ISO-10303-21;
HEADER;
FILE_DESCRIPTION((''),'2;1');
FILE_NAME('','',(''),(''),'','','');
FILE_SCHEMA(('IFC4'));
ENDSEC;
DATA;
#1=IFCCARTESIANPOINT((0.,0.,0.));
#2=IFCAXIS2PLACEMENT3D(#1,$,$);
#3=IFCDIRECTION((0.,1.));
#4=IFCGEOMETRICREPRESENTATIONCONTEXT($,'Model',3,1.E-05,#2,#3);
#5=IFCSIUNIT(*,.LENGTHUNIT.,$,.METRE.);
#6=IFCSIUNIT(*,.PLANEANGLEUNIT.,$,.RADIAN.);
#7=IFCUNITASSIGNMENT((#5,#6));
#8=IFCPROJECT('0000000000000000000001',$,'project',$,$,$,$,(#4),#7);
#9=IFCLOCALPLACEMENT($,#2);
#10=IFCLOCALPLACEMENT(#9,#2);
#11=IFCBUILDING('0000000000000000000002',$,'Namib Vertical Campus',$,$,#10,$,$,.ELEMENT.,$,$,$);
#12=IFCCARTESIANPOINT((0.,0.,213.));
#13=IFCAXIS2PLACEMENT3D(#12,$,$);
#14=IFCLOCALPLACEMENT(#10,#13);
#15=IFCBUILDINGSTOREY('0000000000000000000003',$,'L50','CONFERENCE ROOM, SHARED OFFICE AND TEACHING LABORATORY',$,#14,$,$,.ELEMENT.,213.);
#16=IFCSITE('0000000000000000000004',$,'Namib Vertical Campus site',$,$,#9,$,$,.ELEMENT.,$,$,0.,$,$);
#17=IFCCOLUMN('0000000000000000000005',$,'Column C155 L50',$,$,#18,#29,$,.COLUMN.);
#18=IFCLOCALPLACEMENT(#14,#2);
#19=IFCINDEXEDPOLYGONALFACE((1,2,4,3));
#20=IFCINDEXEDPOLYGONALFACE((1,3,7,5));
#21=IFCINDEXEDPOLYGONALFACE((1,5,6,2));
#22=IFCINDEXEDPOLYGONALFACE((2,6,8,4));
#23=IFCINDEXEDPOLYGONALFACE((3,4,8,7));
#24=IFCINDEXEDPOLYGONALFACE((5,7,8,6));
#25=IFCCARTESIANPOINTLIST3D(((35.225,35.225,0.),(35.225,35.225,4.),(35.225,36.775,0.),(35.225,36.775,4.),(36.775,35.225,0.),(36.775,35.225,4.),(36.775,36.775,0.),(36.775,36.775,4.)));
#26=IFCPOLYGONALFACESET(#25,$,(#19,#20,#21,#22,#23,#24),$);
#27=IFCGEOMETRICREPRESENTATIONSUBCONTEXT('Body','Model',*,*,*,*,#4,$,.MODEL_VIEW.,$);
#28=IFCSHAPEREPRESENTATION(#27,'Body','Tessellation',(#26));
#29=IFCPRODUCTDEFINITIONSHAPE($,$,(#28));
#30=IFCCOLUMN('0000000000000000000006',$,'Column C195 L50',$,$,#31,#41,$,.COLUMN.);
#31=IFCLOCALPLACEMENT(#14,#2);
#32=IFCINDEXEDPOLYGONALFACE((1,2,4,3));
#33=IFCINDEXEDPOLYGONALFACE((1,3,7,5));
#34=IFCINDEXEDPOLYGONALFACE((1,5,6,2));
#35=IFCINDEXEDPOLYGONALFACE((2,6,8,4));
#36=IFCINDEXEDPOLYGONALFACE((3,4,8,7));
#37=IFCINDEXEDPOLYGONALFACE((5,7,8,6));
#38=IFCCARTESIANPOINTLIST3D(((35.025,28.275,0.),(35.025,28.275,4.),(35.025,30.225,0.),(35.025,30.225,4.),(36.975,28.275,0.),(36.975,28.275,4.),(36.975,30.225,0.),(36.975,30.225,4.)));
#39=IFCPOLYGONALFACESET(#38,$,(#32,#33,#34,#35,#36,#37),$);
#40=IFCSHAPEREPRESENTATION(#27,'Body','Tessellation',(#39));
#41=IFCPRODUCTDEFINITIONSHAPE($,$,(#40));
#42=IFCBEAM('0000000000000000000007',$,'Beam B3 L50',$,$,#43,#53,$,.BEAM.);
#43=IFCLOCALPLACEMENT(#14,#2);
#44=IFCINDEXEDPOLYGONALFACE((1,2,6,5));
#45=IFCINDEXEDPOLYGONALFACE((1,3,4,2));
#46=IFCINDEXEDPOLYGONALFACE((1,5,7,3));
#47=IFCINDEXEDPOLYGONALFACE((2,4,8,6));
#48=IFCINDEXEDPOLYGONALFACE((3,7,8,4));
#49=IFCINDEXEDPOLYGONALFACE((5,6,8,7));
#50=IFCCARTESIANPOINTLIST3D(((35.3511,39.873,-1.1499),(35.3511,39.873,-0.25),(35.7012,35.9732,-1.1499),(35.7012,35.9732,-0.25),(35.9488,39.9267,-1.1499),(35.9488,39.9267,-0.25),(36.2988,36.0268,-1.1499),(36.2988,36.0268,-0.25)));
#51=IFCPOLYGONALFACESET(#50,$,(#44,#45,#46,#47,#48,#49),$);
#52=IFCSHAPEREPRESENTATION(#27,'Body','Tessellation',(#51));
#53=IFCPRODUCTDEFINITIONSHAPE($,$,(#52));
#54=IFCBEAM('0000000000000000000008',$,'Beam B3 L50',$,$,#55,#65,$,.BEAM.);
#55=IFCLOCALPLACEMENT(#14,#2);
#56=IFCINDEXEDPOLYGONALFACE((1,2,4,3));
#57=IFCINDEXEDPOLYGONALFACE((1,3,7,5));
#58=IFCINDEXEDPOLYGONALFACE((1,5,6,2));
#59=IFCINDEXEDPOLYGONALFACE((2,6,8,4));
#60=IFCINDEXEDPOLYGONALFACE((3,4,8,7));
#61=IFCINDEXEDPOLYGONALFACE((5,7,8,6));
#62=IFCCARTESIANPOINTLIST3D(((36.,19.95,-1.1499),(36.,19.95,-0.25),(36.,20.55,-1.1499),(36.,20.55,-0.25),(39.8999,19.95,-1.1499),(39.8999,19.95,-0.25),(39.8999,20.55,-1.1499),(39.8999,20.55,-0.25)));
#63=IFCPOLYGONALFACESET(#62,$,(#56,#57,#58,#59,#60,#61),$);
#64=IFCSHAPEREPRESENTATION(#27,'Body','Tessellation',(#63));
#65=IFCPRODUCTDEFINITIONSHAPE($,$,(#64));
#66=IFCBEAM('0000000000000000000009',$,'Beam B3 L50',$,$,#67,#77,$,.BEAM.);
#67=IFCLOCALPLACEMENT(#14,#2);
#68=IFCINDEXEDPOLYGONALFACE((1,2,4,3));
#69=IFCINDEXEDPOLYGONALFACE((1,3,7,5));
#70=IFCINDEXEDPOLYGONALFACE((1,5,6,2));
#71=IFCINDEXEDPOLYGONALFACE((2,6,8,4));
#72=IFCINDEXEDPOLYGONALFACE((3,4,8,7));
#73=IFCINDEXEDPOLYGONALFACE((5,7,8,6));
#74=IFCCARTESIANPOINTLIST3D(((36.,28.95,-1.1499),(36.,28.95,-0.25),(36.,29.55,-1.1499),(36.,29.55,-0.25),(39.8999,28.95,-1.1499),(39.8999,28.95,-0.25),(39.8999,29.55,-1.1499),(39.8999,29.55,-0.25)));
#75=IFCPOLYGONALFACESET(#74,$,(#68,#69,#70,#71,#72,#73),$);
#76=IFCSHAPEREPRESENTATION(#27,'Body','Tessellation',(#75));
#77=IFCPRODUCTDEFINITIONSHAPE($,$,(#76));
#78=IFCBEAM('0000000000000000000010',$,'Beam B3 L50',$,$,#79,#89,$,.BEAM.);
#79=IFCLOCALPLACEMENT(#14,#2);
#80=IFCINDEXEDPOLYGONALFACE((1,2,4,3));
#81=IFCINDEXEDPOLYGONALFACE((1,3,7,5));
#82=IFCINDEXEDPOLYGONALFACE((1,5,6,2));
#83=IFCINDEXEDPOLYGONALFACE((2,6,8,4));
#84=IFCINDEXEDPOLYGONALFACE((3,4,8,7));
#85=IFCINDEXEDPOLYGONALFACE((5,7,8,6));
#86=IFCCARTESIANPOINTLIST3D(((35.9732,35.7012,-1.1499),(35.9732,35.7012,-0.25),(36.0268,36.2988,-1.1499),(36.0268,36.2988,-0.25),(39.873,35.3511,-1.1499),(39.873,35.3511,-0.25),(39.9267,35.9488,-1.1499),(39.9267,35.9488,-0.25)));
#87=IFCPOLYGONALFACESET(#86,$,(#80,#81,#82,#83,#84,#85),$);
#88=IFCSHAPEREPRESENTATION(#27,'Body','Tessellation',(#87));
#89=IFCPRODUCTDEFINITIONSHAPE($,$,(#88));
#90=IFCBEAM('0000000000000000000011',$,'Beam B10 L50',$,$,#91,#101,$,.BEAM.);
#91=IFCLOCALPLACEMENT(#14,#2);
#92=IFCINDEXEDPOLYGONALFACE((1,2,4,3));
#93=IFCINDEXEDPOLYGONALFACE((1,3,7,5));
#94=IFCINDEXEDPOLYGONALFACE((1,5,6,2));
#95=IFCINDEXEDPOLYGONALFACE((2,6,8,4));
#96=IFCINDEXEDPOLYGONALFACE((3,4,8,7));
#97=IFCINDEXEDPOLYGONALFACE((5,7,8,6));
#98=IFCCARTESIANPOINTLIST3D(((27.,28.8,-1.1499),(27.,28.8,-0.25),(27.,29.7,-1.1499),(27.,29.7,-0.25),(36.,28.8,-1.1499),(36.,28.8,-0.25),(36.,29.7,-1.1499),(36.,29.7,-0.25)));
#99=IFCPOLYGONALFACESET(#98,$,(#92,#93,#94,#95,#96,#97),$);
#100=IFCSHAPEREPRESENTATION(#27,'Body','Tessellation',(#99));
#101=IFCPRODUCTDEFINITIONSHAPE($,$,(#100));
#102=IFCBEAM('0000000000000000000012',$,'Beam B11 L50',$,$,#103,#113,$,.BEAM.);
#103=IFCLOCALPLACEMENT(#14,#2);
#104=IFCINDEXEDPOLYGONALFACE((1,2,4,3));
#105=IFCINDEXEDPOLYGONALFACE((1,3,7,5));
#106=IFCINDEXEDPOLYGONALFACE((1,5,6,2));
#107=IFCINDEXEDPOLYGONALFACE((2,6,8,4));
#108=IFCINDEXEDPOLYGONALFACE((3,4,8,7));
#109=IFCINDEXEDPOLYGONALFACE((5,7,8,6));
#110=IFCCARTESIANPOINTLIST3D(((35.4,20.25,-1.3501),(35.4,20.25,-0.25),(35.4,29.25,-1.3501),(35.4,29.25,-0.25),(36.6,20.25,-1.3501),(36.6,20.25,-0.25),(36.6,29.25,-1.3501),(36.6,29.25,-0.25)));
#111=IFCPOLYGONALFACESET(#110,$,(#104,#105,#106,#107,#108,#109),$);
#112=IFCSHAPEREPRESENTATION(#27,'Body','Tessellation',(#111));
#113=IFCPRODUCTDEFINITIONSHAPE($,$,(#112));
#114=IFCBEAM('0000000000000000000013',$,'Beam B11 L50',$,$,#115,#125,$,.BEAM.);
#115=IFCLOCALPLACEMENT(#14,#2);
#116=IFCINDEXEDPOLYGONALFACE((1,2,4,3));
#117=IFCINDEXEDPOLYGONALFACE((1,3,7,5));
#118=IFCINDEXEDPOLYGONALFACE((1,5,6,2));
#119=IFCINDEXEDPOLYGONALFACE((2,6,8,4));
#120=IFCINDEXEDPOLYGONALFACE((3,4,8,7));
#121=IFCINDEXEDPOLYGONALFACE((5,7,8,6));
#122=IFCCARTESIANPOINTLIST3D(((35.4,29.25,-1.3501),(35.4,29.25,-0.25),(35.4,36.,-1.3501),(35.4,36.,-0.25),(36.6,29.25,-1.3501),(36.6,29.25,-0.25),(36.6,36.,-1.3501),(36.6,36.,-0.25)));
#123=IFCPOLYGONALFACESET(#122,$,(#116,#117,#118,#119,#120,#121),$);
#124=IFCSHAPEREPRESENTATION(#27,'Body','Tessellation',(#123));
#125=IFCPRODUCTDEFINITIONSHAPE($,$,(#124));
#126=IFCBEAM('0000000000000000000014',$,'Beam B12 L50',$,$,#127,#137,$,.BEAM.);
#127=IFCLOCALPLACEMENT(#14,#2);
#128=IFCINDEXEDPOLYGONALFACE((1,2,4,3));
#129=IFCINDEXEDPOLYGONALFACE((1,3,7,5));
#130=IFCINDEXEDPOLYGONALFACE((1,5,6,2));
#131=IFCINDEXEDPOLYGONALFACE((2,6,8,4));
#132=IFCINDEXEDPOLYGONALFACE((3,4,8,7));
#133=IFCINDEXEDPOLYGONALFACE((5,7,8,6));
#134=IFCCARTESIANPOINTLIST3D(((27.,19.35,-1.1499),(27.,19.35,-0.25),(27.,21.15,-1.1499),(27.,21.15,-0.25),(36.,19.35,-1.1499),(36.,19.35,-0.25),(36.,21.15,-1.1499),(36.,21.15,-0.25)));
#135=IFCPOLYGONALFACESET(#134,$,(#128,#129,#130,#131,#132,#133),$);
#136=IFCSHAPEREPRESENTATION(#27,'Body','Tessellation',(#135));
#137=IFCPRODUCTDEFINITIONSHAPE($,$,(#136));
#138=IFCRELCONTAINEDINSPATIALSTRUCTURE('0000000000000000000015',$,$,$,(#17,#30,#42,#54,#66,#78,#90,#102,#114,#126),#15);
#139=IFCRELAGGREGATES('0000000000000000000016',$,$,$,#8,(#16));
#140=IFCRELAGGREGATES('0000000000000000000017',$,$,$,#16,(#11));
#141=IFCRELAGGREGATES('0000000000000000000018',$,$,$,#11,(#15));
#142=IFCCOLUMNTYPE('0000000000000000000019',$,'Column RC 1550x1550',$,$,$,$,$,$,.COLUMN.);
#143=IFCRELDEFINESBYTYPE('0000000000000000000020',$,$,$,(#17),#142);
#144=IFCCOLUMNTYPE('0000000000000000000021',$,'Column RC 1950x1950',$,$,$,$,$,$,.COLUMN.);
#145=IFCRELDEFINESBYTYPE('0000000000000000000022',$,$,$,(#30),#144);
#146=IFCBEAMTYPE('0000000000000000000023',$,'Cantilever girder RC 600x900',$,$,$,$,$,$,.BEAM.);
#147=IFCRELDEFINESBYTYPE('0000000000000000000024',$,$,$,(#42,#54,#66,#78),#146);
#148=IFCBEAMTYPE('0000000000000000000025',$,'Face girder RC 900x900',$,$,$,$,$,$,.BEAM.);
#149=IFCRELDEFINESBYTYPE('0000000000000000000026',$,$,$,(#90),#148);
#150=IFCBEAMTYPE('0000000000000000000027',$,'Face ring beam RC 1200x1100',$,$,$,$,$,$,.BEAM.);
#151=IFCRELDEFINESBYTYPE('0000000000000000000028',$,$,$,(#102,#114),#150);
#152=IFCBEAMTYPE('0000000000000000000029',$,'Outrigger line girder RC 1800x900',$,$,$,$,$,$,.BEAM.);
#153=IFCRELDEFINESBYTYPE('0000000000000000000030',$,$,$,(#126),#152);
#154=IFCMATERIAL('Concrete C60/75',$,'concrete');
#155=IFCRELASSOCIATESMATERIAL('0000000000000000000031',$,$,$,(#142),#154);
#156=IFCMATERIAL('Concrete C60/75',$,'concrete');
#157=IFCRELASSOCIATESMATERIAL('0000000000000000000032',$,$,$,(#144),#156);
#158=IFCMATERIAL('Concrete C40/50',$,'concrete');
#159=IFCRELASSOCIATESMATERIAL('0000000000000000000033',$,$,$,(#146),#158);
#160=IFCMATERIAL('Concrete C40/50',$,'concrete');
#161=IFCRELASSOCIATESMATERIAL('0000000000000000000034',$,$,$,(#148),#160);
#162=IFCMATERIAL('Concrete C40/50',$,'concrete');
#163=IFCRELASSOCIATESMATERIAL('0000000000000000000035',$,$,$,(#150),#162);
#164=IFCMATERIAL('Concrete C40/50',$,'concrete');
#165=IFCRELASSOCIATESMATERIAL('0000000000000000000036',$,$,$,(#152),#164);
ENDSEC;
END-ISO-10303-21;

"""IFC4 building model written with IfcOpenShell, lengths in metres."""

from ifc_helpers import new_model, si_unit, direction, frame, origin, origin_2d, place, context, subcontext, project, spatial, rectangle, extrude, material, material_profile, profile_set, type_object, element, save


model = new_model("IFC4")

# Units and contexts
model_context = context("Model", 3, precision=1e-05, world=origin(), true_north=direction((0.0, 1.0)))
body_context = subcontext(model_context, "Body", "Model", "MODEL_VIEW")
ifc_project = project(units=[si_unit("LENGTHUNIT", "METRE"), si_unit("PLANEANGLEUNIT", "RADIAN")], contexts=[model_context])

# Site, building, storey
site_placement = place(None, origin())
site = spatial("IfcSite", under=ifc_project, at=site_placement, Name="Namib Vertical Campus site", CompositionType="ELEMENT", RefElevation=0.0)
building_placement = place(site_placement, origin())
building = spatial("IfcBuilding", under=site, at=building_placement, Name="Namib Vertical Campus", CompositionType="ELEMENT")
storey_placement = place(building_placement, frame((0.0, 0.0, 213.0)))
storey = spatial("IfcBuildingStorey", under=building, at=storey_placement, Name="L50", Description="CONFERENCE ROOM, SHARED OFFICE AND TEACHING LABORATORY", CompositionType="ELEMENT", Elevation=213.0)

# Columns
ifc_material_1 = material(Name="Concrete C60/75", Category="concrete")
ifc_material_profile_1 = material_profile(ifc_material_1, rectangle(XDim=1.55, YDim=1.55, at=origin_2d()))
ifc_profile_set_1 = profile_set([ifc_material_profile_1], Name="Concrete C60/75")
column_type_1 = type_object("IfcColumnType", Name="Column RC 1550x1550", PredefinedType="COLUMN", material=ifc_profile_set_1)
column_1_placement = place(storey_placement, frame((36.0, 36.0, 0.0), z_axis=(0.0, 0.0, 1.0), x_axis=(1.0, 0.0, 0.0)))
element("IfcColumn", 1, at=column_1_placement, inside=storey, type_object=column_type_1, Name="Column C155 L50", PredefinedType="COLUMN", context=body_context, shape_type="SweptSolid", body=[
    extrude(rectangle(XDim=1.55, YDim=1.55, at=origin_2d()), origin(), (0.0, 0.0, 1.0), 4.0),
])
ifc_material_2 = material(Name="Concrete C60/75", Category="concrete")
ifc_material_profile_2 = material_profile(ifc_material_2, rectangle(XDim=1.95, YDim=1.95, at=origin_2d()))
ifc_profile_set_2 = profile_set([ifc_material_profile_2], Name="Concrete C60/75")
column_type_2 = type_object("IfcColumnType", Name="Column RC 1950x1950", PredefinedType="COLUMN", material=ifc_profile_set_2)
column_2_placement = place(storey_placement, frame((36.0, 29.25, 0.0), z_axis=(0.0, 0.0, 1.0), x_axis=(1.0, 0.0, 0.0)))
element("IfcColumn", 2, at=column_2_placement, inside=storey, type_object=column_type_2, Name="Column C195 L50", PredefinedType="COLUMN", context=body_context, shape_type="SweptSolid", body=[
    extrude(rectangle(XDim=1.95, YDim=1.95, at=origin_2d()), origin(), (0.0, 0.0, 1.0), 4.0),
])

# Beams
ifc_material_3 = material(Name="Concrete C40/50", Category="concrete")
ifc_material_profile_3 = material_profile(ifc_material_3, rectangle(XDim=0.6001, YDim=0.8999, at=origin_2d()))
ifc_profile_set_3 = profile_set([ifc_material_profile_3], Name="Concrete C40/50")
beam_type_1 = type_object("IfcBeamType", Name="Cantilever girder RC 600x900", PredefinedType="BEAM", material=ifc_profile_set_3)
beam_1_placement = place(storey_placement, frame((36.0, 36.0, -0.7), z_axis=(-0.089411, 0.995995, 0.0), x_axis=(-0.995995, -0.089411, 0.0)))
element("IfcBeam", 3, at=beam_1_placement, inside=storey, type_object=beam_type_1, Name="Beam B3 L50", PredefinedType="BEAM", context=body_context, shape_type="SweptSolid", body=[
    extrude(rectangle(XDim=0.6001, YDim=0.8999, at=origin_2d()), origin(), (0.0, 0.0, 1.0), 3.9155),
])
for number, where, z_axis, x_axis, name in (
    (4, (36.0, 20.25, -0.7), (1.0, 0.0, 0.0), (0.0, 1.0, 0.0), "Beam B3 L50"),
    (5, (36.0, 29.25, -0.7), (1.0, 0.0, 0.0), (0.0, 1.0, 0.0), "Beam B3 L50"),
):
    element("IfcBeam", number, at=place(storey_placement, frame(where, z_axis=z_axis, x_axis=x_axis)), inside=storey, type_object=beam_type_1, Name=name, PredefinedType="BEAM", context=body_context, shape_type="SweptSolid", body=[
        extrude(rectangle(XDim=0.6001, YDim=0.8999, at=origin_2d()), origin(), (0.0, 0.0, 1.0), 3.8999),
    ])
beam_2_placement = place(storey_placement, frame((36.0, 36.0, -0.7), z_axis=(0.995995, -0.089411, 0.0), x_axis=(0.089411, 0.995995, 0.0)))
element("IfcBeam", 6, at=beam_2_placement, inside=storey, type_object=beam_type_1, Name="Beam B3 L50", PredefinedType="BEAM", context=body_context, shape_type="SweptSolid", body=[
    extrude(rectangle(XDim=0.6001, YDim=0.8999, at=origin_2d()), origin(), (0.0, 0.0, 1.0), 3.9155),
])
ifc_material_4 = material(Name="Concrete C40/50", Category="concrete")
ifc_material_profile_4 = material_profile(ifc_material_4, rectangle(XDim=0.8999, YDim=0.8999, at=origin_2d()))
ifc_profile_set_4 = profile_set([ifc_material_profile_4], Name="Concrete C40/50")
beam_type_2 = type_object("IfcBeamType", Name="Face girder RC 900x900", PredefinedType="BEAM", material=ifc_profile_set_4)
beam_3_placement = place(storey_placement, frame((36.0, 29.25, -0.7), z_axis=(-1.0, 0.0, 0.0), x_axis=(0.0, -1.0, 0.0)))
element("IfcBeam", 7, at=beam_3_placement, inside=storey, type_object=beam_type_2, Name="Beam B10 L50", PredefinedType="BEAM", context=body_context, shape_type="SweptSolid", body=[
    extrude(rectangle(XDim=0.8999, YDim=0.8999, at=origin_2d()), origin(), (0.0, 0.0, 1.0), 9.0),
])
ifc_material_5 = material(Name="Concrete C40/50", Category="concrete")
ifc_material_profile_5 = material_profile(ifc_material_5, rectangle(XDim=1.2, YDim=1.1001, at=origin_2d()))
ifc_profile_set_5 = profile_set([ifc_material_profile_5], Name="Concrete C40/50")
beam_type_3 = type_object("IfcBeamType", Name="Face ring beam RC 1200x1100", PredefinedType="BEAM", material=ifc_profile_set_5)
beam_4_placement = place(storey_placement, frame((36.0, 20.25, -0.8), z_axis=(0.0, 1.0, 0.0), x_axis=(-1.0, 0.0, 0.0)))
element("IfcBeam", 8, at=beam_4_placement, inside=storey, type_object=beam_type_3, Name="Beam B11 L50", PredefinedType="BEAM", context=body_context, shape_type="SweptSolid", body=[
    extrude(rectangle(XDim=1.2, YDim=1.1001, at=origin_2d()), origin(), (0.0, 0.0, 1.0), 9.0),
])
beam_5_placement = place(storey_placement, frame((36.0, 29.25, -0.8), z_axis=(0.0, 1.0, 0.0), x_axis=(-1.0, 0.0, 0.0)))
element("IfcBeam", 9, at=beam_5_placement, inside=storey, type_object=beam_type_3, Name="Beam B11 L50", PredefinedType="BEAM", context=body_context, shape_type="SweptSolid", body=[
    extrude(rectangle(XDim=1.2, YDim=1.1001, at=origin_2d()), origin(), (0.0, 0.0, 1.0), 6.75),
])
ifc_material_6 = material(Name="Concrete C40/50", Category="concrete")
ifc_material_profile_6 = material_profile(ifc_material_6, rectangle(XDim=1.8, YDim=0.8999, at=origin_2d()))
ifc_profile_set_6 = profile_set([ifc_material_profile_6], Name="Concrete C40/50")
beam_type_4 = type_object("IfcBeamType", Name="Outrigger line girder RC 1800x900", PredefinedType="BEAM", material=ifc_profile_set_6)
beam_6_placement = place(storey_placement, frame((36.0, 20.25, -0.7), z_axis=(-1.0, 0.0, 0.0), x_axis=(0.0, -1.0, 0.0)))
element("IfcBeam", 10, at=beam_6_placement, inside=storey, type_object=beam_type_4, Name="Beam B12 L50", PredefinedType="BEAM", context=body_context, shape_type="SweptSolid", body=[
    extrude(rectangle(XDim=1.8, YDim=0.8999, at=origin_2d()), origin(), (0.0, 0.0, 1.0), 9.0),
])

save(model, "model.ifc")
